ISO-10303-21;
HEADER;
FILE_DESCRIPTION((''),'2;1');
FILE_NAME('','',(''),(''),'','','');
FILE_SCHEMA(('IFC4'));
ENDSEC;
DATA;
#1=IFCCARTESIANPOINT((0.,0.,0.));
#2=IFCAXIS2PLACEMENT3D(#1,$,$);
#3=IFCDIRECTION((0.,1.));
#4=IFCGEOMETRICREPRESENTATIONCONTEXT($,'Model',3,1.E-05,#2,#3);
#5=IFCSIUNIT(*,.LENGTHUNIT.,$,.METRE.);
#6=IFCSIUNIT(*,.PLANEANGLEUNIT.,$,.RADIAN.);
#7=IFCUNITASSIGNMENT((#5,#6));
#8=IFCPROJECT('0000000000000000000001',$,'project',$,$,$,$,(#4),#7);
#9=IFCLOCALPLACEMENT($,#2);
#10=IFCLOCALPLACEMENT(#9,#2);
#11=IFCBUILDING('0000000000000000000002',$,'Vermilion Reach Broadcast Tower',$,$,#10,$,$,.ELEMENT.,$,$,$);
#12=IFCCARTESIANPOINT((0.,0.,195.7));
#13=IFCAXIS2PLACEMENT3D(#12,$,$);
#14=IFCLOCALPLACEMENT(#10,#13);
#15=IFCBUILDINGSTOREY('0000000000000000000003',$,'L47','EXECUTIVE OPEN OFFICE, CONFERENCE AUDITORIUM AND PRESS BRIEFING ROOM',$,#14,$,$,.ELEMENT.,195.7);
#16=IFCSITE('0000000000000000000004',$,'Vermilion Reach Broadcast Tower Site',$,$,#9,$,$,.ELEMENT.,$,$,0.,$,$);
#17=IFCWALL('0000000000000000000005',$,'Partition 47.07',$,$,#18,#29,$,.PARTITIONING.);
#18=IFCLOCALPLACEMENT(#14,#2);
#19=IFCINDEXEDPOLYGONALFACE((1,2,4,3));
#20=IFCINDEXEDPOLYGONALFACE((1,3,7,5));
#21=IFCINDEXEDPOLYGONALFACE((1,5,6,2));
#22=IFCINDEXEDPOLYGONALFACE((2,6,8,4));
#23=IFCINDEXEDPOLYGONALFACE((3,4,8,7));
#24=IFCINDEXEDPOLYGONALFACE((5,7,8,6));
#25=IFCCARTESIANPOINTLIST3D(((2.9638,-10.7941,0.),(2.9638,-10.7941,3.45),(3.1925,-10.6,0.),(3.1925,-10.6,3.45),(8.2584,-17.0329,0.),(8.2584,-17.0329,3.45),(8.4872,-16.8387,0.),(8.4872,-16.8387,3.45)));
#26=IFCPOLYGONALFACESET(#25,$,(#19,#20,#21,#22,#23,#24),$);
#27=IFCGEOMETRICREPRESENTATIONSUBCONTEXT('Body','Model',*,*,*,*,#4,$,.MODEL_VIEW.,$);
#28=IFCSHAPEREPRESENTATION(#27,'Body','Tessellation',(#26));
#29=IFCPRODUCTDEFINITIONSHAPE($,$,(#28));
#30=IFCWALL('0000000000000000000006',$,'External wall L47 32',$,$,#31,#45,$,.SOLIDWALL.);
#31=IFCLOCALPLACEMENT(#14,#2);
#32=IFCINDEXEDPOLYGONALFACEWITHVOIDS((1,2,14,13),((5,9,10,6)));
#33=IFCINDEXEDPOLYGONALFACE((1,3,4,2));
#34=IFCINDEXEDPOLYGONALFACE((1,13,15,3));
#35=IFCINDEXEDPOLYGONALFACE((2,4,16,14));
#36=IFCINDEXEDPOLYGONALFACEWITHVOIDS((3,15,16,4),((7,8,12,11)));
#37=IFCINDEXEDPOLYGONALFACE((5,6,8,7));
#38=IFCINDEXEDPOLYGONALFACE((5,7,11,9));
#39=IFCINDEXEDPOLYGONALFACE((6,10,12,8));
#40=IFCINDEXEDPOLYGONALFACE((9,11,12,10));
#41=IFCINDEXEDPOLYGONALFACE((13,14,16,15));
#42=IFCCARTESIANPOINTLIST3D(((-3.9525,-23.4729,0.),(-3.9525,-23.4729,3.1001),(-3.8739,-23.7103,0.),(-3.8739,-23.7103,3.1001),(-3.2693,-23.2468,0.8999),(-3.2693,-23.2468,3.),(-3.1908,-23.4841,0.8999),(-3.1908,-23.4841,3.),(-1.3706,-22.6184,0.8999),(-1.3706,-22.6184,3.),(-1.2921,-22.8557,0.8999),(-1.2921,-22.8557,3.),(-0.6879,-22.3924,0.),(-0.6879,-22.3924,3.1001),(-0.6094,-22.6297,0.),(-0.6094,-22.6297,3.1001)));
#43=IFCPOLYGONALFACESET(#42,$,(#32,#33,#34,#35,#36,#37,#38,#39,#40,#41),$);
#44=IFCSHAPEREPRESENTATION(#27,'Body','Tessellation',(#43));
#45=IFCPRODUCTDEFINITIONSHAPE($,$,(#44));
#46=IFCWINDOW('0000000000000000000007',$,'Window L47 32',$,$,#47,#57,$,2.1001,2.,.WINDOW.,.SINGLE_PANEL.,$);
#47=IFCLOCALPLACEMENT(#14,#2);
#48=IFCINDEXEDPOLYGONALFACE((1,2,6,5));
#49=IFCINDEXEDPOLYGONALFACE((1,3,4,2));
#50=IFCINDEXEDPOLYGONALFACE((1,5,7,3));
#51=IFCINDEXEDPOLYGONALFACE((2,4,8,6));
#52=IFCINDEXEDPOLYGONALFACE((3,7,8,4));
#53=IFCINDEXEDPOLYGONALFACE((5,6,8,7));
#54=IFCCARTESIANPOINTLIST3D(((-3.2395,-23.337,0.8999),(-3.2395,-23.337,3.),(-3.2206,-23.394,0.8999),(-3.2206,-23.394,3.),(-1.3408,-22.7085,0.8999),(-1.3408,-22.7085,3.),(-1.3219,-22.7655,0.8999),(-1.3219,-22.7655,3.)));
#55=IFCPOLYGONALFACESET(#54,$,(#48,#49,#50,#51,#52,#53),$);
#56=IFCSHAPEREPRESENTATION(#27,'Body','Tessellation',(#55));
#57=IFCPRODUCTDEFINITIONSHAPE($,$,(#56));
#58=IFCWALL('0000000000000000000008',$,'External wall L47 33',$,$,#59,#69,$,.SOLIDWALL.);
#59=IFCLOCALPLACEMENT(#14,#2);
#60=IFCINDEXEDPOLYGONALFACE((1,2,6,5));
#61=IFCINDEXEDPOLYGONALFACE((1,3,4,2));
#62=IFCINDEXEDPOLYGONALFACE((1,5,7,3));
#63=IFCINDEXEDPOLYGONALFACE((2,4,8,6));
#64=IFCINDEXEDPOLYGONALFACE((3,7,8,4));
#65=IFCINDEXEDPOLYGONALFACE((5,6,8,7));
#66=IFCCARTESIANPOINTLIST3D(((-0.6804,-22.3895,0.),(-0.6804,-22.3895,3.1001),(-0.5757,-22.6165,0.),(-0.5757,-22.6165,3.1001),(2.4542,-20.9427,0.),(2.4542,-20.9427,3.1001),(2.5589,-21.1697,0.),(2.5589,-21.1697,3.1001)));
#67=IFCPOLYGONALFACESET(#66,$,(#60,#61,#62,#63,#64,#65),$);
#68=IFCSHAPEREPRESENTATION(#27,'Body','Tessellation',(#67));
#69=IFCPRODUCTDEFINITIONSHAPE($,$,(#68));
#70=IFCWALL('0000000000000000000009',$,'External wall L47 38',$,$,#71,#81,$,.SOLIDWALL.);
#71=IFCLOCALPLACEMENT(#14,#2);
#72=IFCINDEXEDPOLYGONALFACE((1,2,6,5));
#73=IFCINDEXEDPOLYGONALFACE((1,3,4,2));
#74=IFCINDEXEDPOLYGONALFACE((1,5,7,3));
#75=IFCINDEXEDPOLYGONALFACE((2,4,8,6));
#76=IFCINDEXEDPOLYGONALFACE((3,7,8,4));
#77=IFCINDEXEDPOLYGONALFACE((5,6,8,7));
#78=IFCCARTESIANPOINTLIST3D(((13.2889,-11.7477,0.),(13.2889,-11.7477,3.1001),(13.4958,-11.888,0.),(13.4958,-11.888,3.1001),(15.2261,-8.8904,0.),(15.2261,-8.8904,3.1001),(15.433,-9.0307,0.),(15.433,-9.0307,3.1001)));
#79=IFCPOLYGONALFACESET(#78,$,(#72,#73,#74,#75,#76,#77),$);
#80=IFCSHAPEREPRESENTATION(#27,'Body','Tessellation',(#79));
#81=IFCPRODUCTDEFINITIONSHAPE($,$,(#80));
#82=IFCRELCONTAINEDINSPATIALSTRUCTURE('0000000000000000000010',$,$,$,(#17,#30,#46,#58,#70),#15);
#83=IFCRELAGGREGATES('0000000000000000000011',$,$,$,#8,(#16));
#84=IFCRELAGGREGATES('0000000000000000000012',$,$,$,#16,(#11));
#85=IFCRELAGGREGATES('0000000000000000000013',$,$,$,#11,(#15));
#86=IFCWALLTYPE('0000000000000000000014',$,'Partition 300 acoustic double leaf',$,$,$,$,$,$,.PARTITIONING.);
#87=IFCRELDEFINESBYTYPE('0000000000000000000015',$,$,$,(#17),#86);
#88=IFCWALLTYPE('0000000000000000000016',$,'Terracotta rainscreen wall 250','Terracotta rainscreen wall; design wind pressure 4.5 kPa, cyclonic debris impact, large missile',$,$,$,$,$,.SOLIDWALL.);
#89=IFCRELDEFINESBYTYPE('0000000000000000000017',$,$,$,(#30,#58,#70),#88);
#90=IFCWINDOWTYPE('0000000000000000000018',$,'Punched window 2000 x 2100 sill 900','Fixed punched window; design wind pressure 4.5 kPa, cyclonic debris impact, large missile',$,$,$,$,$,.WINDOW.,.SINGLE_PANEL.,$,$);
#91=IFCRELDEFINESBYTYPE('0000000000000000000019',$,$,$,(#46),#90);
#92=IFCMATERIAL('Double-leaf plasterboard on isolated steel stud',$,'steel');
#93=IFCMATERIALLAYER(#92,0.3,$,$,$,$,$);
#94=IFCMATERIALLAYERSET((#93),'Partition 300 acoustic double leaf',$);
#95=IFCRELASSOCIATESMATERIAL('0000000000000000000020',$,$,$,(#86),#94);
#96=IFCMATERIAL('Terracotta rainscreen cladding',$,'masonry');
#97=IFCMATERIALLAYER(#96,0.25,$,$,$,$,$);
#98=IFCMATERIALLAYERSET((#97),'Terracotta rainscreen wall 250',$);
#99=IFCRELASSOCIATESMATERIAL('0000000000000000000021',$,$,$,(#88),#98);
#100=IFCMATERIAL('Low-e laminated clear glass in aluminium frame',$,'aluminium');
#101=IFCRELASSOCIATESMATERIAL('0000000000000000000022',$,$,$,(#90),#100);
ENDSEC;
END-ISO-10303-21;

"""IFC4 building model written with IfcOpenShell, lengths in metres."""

from ifc_helpers import new_model, si_unit, direction, frame, frame_2d, origin, place, context, subcontext, project, spatial, rectangle, extrude, material, layer, layer_set, type_object, element, fill, save


model = new_model("IFC4")

# Units and contexts
model_context = context("Model", 3, precision=1e-05, world=origin(), true_north=direction((0.0, 1.0)))
body_context = subcontext(model_context, "Body", "Model", "MODEL_VIEW")
ifc_project = project(units=[si_unit("LENGTHUNIT", "METRE"), si_unit("PLANEANGLEUNIT", "RADIAN")], contexts=[model_context])

# Site, building, storey
site_placement = place(None, origin())
site = spatial("IfcSite", under=ifc_project, at=site_placement, Name="Vermilion Reach Broadcast Tower Site", CompositionType="ELEMENT", RefElevation=0.0)
building_placement = place(site_placement, origin())
building = spatial("IfcBuilding", under=site, at=building_placement, Name="Vermilion Reach Broadcast Tower", CompositionType="ELEMENT")
storey_placement = place(building_placement, frame((0.0, 0.0, 195.7)))
storey = spatial("IfcBuildingStorey", under=building, at=storey_placement, Name="L47", Description="EXECUTIVE OPEN OFFICE, CONFERENCE AUDITORIUM AND PRESS BRIEFING ROOM", CompositionType="ELEMENT", Elevation=195.7)

# Wall
ifc_material_1 = material(Name="Double-leaf plasterboard on isolated steel stud", Category="steel")
ifc_layer_1 = layer(ifc_material_1, 0.3)
ifc_layer_set_1 = layer_set([ifc_layer_1], Name="Partition 300 acoustic double leaf")
wall_type_1 = type_object("IfcWallType", Name="Partition 300 acoustic double leaf", PredefinedType="PARTITIONING", material=ifc_layer_set_1)
wall_1_placement = place(storey_placement, frame((8.3728, -16.9358, 0.0), z_axis=(0.0, 0.0, 1.0), x_axis=(-0.647061, 0.762438, 0.0)))
element("IfcWall", 1, at=wall_1_placement, inside=storey, type_object=wall_type_1, Name="Partition 47.07", PredefinedType="PARTITIONING", context=body_context, shape_type="SweptSolid", body=[
    extrude(rectangle(XDim=8.1826, YDim=0.3, at=frame_2d((4.0913, 0.0))), origin(), (0.0, 0.0, 1.0), 3.45),
])

# Wall, opening, window
ifc_material_2 = material(Name="Terracotta rainscreen cladding", Category="masonry")
ifc_layer_2 = layer(ifc_material_2, 0.25)
ifc_layer_set_2 = layer_set([ifc_layer_2], Name="Terracotta rainscreen wall 250")
wall_type_2 = type_object("IfcWallType", Name="Terracotta rainscreen wall 250", Description="Terracotta rainscreen wall; design wind pressure 4.5 kPa, cyclonic debris impact, large missile", PredefinedType="SOLIDWALL", material=ifc_layer_set_2)
wall_2_placement = place(storey_placement, frame((-3.9131, -23.5916, 0.0), z_axis=(0.0, 0.0, 1.0), x_axis=(0.949349, 0.314225, 0.0)))
wall_2 = element("IfcWall", 2, at=wall_2_placement, inside=storey, type_object=wall_type_2, Name="External wall L47 32", PredefinedType="SOLIDWALL", context=body_context, shape_type="SweptSolid", body=[
    extrude(rectangle(XDim=3.4387, YDim=0.25, at=frame_2d((1.7192, 0.0))), origin(), (0.0, 0.0, 1.0), 3.1001),
])
opening_placement = place(wall_2_placement, frame((0.7195, 0.0, 0.8999)))
opening = element("IfcOpeningElement", 3, at=opening_placement, cuts=wall_2, PredefinedType="OPENING", context=body_context, shape_type="SweptSolid", body=[
    extrude(rectangle(XDim=2.0, YDim=2.1001, at=frame_2d((1.0, 1.05))), frame((0.0, 0.135, 0.0), z_axis=(0.0, -1.0, 0.0), x_axis=(1.0, 0.0, 0.0)), (0.0, 0.0, 1.0), 0.27),
])
ifc_material_3 = material(Name="Low-e laminated clear glass in aluminium frame", Category="aluminium")
window_type = type_object("IfcWindowType", Name="Punched window 2000 x 2100 sill 900", Description="Fixed punched window; design wind pressure 4.5 kPa, cyclonic debris impact, large missile", PartitioningType="SINGLE_PANEL", PredefinedType="WINDOW", material=ifc_material_3)
window_placement = place(opening_placement, origin())
window = element("IfcWindow", 4, at=window_placement, inside=storey, type_object=window_type, Name="Window L47 32", OverallHeight=2.1001, OverallWidth=2.0, PartitioningType="SINGLE_PANEL", PredefinedType="WINDOW", context=body_context, shape_type="SweptSolid", body=[
    extrude(rectangle(XDim=2.0, YDim=2.1001, at=frame_2d((1.0, 1.05))), frame((0.0, 0.03, 0.0), z_axis=(0.0, -1.0, 0.0), x_axis=(1.0, 0.0, 0.0)), (0.0, 0.0, 1.0), 0.0601),
])
fill(opening, window)

# Walls
wall_3_placement = place(storey_placement, frame((-0.6279, -22.5029, 0.0), z_axis=(0.0, 0.0, 1.0), x_axis=(0.907951, 0.419076, 0.0)))
element("IfcWall", 5, at=wall_3_placement, inside=storey, type_object=wall_type_2, Name="External wall L47 33", PredefinedType="SOLIDWALL", context=body_context, shape_type="SweptSolid", body=[
    extrude(rectangle(XDim=3.4524, YDim=0.25, at=frame_2d((1.7261, 0.0))), origin(), (0.0, 0.0, 1.0), 3.1001),
])
wall_4_placement = place(storey_placement, frame((13.3923, -11.8179, 0.0), z_axis=(0.0, 0.0, 1.0), x_axis=(0.561162, 0.827706, 0.0)))
element("IfcWall", 6, at=wall_4_placement, inside=storey, type_object=wall_type_2, Name="External wall L47 38", PredefinedType="SOLIDWALL", context=body_context, shape_type="SweptSolid", body=[
    extrude(rectangle(XDim=3.4521, YDim=0.25, at=frame_2d((1.7261, 0.0))), origin(), (0.0, 0.0, 1.0), 3.1001),
])

save(model, "model.ifc")
